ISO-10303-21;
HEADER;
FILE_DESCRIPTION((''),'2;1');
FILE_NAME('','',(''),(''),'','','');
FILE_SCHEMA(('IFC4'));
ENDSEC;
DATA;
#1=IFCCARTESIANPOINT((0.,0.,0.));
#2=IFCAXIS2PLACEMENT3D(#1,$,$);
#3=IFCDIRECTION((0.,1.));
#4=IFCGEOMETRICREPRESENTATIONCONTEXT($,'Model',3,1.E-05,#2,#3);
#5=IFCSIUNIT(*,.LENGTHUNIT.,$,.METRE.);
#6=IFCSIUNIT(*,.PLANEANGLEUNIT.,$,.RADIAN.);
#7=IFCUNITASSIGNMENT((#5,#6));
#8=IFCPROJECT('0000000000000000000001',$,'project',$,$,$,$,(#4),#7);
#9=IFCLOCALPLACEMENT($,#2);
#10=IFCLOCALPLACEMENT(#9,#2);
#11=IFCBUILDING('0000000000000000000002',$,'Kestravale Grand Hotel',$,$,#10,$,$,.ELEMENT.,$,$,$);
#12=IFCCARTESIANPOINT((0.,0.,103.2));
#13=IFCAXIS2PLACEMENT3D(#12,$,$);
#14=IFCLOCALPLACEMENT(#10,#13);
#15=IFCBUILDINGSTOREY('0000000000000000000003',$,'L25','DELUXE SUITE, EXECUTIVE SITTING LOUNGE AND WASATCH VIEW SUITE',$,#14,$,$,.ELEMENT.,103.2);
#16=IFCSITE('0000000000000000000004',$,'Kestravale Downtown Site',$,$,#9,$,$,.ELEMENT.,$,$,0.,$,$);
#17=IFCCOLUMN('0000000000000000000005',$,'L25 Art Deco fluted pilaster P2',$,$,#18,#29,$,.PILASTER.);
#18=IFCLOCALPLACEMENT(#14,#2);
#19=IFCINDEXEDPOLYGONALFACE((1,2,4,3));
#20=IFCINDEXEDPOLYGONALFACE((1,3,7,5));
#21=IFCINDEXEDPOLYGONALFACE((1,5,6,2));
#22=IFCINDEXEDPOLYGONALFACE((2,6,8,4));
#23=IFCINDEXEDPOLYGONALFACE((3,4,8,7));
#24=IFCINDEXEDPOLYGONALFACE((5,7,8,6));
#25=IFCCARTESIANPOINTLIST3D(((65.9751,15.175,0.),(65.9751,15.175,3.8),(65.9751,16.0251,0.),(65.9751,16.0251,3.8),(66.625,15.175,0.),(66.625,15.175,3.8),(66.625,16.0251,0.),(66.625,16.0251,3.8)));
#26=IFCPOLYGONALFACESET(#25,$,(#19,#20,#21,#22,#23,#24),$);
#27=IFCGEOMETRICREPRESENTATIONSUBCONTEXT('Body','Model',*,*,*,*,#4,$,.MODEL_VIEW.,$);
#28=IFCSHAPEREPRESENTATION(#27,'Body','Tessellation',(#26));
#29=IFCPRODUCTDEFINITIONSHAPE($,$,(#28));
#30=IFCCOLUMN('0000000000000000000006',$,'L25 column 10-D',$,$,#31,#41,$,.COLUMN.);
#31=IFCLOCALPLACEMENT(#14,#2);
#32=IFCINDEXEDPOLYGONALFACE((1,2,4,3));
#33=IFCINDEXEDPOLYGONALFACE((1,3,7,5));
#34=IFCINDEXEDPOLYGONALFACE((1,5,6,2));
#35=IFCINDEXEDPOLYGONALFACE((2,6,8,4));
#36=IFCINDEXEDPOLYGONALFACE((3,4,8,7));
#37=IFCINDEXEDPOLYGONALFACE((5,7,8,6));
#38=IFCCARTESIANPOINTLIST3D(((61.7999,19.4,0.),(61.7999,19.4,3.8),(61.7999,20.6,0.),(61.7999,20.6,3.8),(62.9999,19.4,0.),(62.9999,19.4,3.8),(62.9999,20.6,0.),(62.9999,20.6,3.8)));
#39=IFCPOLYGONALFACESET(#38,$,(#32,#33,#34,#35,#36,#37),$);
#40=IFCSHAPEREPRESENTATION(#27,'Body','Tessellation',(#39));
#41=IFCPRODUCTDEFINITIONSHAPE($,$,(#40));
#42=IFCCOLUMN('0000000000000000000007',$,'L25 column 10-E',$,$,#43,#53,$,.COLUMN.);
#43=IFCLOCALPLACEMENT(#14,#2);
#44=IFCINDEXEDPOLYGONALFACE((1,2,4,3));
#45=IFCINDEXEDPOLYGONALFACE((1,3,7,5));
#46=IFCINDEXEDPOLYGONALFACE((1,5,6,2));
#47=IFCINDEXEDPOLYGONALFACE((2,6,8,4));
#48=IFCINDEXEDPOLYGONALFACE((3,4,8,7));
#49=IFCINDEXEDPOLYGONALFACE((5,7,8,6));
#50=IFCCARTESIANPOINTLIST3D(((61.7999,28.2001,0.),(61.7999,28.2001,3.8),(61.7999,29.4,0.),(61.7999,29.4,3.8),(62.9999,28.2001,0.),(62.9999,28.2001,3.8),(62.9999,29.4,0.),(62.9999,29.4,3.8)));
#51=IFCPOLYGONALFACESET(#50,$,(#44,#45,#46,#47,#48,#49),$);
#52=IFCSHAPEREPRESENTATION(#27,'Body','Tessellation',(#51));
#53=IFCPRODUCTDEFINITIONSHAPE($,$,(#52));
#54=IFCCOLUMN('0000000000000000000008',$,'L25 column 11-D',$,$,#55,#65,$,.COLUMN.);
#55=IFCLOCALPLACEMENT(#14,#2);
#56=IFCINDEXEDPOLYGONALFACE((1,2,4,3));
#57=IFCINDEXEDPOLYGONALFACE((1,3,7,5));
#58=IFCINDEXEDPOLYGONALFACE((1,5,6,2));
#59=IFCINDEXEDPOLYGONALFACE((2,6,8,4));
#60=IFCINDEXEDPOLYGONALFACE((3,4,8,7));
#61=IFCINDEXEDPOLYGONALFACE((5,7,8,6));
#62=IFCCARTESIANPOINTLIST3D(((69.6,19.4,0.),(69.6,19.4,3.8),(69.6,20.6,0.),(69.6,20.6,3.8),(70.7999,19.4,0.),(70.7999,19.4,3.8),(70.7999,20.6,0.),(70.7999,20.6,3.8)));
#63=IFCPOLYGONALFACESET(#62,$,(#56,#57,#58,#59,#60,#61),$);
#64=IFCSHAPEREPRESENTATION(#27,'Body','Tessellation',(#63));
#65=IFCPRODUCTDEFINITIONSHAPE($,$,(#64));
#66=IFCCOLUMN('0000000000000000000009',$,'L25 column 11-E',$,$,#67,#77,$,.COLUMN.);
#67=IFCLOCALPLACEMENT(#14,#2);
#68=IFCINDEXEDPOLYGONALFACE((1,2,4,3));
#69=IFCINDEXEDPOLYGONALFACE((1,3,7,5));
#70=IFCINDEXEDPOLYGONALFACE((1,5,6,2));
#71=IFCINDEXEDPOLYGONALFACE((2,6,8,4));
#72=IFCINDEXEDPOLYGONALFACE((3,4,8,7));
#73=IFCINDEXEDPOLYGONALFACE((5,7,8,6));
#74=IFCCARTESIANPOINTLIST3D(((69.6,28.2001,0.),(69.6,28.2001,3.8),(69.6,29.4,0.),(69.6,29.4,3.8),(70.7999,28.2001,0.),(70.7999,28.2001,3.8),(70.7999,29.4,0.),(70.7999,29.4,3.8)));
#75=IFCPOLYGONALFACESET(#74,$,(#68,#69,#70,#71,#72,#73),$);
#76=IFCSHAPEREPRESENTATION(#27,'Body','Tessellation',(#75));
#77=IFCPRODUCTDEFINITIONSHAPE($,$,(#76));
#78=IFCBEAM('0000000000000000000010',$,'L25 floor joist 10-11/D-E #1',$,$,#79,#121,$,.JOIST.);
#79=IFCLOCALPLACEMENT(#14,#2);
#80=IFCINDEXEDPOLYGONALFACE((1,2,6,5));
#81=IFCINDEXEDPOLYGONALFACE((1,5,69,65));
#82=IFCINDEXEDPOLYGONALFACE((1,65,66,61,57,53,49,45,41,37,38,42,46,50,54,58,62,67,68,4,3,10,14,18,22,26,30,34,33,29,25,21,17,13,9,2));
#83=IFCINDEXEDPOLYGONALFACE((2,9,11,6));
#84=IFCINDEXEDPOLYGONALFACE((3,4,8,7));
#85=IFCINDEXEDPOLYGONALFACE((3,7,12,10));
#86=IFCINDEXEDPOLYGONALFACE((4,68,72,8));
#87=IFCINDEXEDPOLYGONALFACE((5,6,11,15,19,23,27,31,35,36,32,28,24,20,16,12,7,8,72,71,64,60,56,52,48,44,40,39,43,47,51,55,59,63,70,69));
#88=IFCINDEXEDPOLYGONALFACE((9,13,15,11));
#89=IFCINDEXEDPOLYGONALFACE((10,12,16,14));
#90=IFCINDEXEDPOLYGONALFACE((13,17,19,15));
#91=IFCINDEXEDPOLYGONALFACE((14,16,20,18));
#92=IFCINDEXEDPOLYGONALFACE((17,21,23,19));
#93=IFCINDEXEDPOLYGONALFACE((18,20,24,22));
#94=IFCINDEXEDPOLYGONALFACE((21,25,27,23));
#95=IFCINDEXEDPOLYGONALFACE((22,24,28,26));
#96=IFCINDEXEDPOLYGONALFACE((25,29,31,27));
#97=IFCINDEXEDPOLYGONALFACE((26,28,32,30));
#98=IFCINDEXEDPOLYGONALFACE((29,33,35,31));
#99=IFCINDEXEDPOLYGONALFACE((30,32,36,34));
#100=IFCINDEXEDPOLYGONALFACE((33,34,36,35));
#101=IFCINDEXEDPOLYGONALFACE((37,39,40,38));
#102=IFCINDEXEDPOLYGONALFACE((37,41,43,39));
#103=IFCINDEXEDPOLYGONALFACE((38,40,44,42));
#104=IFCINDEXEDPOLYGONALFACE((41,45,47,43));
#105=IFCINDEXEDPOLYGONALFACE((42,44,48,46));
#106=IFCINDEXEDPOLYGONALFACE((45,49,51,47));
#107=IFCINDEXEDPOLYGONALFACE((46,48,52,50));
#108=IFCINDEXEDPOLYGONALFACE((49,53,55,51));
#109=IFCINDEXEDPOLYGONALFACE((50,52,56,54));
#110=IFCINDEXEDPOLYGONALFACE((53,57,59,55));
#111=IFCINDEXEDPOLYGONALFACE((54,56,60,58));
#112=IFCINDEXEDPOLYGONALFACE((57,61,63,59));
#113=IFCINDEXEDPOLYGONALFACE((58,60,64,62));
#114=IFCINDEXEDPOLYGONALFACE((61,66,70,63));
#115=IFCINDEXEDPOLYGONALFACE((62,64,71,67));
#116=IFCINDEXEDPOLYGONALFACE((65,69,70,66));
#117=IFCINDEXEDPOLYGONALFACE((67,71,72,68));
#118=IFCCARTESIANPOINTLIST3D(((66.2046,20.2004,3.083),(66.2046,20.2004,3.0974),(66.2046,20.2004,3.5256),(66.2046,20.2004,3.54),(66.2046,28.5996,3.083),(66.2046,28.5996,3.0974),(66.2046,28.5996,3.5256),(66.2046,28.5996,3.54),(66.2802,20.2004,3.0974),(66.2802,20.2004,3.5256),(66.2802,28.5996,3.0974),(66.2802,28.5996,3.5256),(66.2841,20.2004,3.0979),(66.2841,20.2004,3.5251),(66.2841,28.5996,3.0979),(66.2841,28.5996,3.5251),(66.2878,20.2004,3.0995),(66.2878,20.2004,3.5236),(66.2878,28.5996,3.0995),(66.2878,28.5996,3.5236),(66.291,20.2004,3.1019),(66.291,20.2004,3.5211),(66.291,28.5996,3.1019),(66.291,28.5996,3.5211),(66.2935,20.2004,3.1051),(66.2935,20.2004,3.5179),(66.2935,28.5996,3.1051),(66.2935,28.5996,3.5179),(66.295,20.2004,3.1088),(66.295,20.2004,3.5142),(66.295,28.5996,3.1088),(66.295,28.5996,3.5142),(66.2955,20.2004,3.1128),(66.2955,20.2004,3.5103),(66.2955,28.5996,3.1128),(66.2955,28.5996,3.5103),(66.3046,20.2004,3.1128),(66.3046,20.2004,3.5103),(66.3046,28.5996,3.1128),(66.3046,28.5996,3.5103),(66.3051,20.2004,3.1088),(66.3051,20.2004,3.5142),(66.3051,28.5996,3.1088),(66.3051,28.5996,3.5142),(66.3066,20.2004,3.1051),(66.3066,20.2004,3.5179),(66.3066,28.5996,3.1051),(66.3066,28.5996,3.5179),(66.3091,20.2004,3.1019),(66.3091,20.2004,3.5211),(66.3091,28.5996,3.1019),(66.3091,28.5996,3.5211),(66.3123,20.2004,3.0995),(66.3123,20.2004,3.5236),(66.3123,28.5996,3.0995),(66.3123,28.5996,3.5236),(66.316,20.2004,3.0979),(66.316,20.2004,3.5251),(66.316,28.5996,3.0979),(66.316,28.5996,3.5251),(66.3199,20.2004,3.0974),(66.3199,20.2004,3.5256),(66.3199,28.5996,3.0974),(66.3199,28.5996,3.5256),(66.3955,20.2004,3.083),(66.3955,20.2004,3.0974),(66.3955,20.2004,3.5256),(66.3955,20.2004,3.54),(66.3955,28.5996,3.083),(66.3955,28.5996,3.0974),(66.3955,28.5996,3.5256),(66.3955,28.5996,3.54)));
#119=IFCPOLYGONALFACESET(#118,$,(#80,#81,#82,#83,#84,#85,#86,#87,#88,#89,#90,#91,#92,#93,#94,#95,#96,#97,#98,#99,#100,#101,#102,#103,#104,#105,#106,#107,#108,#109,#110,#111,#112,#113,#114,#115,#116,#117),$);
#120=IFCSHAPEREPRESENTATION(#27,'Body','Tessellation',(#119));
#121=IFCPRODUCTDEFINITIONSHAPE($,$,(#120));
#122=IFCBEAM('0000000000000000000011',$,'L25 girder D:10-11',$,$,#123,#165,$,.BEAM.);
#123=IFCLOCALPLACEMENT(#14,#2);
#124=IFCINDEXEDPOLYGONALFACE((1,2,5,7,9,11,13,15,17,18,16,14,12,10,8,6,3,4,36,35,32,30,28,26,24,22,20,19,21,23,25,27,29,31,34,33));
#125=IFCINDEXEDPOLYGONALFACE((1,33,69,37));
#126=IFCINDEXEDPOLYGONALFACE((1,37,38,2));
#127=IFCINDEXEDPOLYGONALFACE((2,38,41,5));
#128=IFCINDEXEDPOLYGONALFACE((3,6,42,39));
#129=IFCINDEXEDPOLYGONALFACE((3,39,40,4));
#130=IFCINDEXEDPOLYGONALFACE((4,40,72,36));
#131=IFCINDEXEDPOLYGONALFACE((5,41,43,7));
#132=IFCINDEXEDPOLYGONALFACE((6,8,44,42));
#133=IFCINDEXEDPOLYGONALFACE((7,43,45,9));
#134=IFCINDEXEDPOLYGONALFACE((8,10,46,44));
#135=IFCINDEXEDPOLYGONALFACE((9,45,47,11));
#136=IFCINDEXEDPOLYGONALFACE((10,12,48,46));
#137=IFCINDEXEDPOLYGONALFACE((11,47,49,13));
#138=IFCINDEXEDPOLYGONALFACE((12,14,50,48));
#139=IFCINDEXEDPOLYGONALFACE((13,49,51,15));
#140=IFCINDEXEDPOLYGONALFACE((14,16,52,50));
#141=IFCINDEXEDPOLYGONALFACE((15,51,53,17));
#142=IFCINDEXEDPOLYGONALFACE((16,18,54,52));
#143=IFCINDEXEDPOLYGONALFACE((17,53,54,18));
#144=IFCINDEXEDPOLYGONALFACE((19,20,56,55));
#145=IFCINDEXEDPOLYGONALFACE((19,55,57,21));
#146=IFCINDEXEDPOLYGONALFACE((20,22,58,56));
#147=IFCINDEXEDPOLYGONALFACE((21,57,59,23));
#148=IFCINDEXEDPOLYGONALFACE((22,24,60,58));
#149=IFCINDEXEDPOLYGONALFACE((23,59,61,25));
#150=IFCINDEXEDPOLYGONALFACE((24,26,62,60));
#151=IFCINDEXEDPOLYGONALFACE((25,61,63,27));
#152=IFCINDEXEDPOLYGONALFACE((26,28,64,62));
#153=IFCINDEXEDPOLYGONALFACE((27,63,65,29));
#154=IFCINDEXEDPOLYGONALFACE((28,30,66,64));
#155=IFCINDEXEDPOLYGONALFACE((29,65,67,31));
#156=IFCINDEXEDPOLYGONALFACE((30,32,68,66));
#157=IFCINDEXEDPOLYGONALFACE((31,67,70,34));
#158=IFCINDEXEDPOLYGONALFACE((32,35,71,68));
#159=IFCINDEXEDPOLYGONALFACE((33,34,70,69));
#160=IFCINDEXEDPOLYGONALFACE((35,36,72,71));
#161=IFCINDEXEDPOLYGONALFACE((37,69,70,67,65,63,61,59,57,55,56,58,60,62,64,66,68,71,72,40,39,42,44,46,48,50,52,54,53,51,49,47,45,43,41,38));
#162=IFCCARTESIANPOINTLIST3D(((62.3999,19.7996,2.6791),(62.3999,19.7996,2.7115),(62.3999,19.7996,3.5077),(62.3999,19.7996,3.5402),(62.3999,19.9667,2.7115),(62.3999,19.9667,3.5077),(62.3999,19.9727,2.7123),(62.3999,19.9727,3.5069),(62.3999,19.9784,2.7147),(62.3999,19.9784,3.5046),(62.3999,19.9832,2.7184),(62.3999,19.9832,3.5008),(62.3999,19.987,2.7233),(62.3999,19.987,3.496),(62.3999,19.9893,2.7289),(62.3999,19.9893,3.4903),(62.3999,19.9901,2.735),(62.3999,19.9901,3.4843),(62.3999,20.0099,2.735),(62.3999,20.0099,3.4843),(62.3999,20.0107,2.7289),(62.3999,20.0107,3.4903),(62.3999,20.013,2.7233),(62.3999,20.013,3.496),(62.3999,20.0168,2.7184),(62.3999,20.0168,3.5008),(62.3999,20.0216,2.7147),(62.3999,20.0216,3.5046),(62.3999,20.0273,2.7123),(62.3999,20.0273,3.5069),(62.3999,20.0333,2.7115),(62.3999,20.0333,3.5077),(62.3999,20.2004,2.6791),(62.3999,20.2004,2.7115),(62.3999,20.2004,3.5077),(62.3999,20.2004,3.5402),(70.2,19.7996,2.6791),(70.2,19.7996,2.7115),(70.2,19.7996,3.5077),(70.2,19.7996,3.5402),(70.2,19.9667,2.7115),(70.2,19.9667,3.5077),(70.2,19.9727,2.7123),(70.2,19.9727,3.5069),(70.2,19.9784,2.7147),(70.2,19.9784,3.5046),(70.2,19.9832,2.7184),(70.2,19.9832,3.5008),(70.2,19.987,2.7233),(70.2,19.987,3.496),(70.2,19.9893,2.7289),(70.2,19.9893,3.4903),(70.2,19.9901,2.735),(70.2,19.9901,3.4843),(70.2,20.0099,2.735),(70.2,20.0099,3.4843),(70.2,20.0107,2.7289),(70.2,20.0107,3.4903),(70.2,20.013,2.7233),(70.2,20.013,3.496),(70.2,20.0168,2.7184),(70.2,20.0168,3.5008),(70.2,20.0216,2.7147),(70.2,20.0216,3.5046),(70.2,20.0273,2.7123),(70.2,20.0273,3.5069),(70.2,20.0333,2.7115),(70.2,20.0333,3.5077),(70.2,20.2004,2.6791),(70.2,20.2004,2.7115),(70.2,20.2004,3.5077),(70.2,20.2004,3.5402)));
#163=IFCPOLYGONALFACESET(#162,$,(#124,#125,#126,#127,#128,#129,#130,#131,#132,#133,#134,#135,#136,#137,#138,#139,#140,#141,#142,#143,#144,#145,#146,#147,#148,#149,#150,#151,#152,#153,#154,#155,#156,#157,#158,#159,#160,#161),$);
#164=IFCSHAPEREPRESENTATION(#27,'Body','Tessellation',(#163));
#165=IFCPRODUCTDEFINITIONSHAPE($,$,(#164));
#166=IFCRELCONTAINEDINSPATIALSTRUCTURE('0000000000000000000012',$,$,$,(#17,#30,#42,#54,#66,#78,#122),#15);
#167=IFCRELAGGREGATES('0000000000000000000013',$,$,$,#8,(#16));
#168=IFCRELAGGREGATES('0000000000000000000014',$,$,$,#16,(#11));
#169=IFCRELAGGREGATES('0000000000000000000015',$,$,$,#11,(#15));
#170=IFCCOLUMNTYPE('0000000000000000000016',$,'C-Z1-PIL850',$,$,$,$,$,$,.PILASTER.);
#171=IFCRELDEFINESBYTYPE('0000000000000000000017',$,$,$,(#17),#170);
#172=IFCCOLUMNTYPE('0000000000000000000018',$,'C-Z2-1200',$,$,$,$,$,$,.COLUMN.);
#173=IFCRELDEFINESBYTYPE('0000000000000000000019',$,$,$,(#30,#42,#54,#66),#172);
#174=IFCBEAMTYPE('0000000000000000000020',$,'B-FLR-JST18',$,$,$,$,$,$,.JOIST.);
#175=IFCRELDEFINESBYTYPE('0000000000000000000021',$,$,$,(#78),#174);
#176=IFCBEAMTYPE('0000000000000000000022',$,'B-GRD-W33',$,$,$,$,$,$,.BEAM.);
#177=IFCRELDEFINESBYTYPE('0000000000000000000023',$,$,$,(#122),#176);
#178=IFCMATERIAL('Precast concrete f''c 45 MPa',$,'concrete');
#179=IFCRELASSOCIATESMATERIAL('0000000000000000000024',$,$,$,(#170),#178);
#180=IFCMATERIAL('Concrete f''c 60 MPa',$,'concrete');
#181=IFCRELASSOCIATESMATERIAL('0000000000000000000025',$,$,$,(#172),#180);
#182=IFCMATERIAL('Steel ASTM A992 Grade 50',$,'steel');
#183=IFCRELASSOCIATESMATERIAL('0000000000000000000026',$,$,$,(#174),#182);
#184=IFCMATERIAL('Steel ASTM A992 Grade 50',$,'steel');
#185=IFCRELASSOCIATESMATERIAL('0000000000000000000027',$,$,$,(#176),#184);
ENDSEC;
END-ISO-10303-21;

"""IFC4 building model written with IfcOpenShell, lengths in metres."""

from ifc_helpers import new_model, si_unit, direction, frame, origin, origin_2d, place, context, subcontext, project, spatial, rectangle, i_section, extrude, material, material_profile, profile_set, type_object, element, save


model = new_model("IFC4")

# Units and contexts
model_context = context("Model", 3, precision=1e-05, world=origin(), true_north=direction((0.0, 1.0)))
body_context = subcontext(model_context, "Body", "Model", "MODEL_VIEW")
ifc_project = project(units=[si_unit("LENGTHUNIT", "METRE"), si_unit("PLANEANGLEUNIT", "RADIAN")], contexts=[model_context])

# Site, building, storey
site_placement = place(None, origin())
site = spatial("IfcSite", under=ifc_project, at=site_placement, Name="Kestravale Downtown Site", CompositionType="ELEMENT", RefElevation=0.0)
building_placement = place(site_placement, origin())
building = spatial("IfcBuilding", under=site, at=building_placement, Name="Kestravale Grand Hotel", CompositionType="ELEMENT")
storey_placement = place(building_placement, frame((0.0, 0.0, 103.2)))
storey = spatial("IfcBuildingStorey", under=building, at=storey_placement, Name="L25", Description="DELUXE SUITE, EXECUTIVE SITTING LOUNGE AND WASATCH VIEW SUITE", CompositionType="ELEMENT", Elevation=103.2)

# Columns
ifc_material_1 = material(Name="Precast concrete f'c 45 MPa", Category="concrete")
ifc_material_profile_1 = material_profile(ifc_material_1, rectangle(XDim=0.6499, YDim=0.8501, at=origin_2d()))
ifc_profile_set_1 = profile_set([ifc_material_profile_1], Name="Precast concrete f'c 45 MPa")
column_type_1 = type_object("IfcColumnType", Name="C-Z1-PIL850", PredefinedType="PILASTER", material=ifc_profile_set_1)
column_placement = place(storey_placement, frame((66.3, 15.6001, 0.0), z_axis=(0.0, 0.0, 1.0), x_axis=(1.0, 0.0, 0.0)))
element("IfcColumn", 1, at=column_placement, inside=storey, type_object=column_type_1, Name="L25 Art Deco fluted pilaster P2", PredefinedType="PILASTER", context=body_context, shape_type="SweptSolid", body=[
    extrude(rectangle(XDim=0.6499, YDim=0.8501, at=origin_2d()), origin(), (0.0, 0.0, 1.0), 3.8),
])
ifc_material_2 = material(Name="Concrete f'c 60 MPa", Category="concrete")
ifc_material_profile_2 = material_profile(ifc_material_2, rectangle(XDim=1.2, YDim=1.2, at=origin_2d()))
ifc_profile_set_2 = profile_set([ifc_material_profile_2], Name="Concrete f'c 60 MPa")
column_type_2 = type_object("IfcColumnType", Name="C-Z2-1200", PredefinedType="COLUMN", material=ifc_profile_set_2)
for number, where, z_axis, x_axis, name in (
    (2, (62.3999, 20.0, 0.0), (0.0, 0.0, 1.0), (1.0, 0.0, 0.0), "L25 column 10-D"),
    (3, (62.3999, 28.8, 0.0), (0.0, 0.0, 1.0), (1.0, 0.0, 0.0), "L25 column 10-E"),
    (4, (70.2, 20.0, 0.0), (0.0, 0.0, 1.0), (1.0, 0.0, 0.0), "L25 column 11-D"),
    (5, (70.2, 28.8, 0.0), (0.0, 0.0, 1.0), (1.0, 0.0, 0.0), "L25 column 11-E"),
):
    element("IfcColumn", number, at=place(storey_placement, frame(where, z_axis=z_axis, x_axis=x_axis)), inside=storey, type_object=column_type_2, Name=name, PredefinedType="COLUMN", context=body_context, shape_type="SweptSolid", body=[
        extrude(rectangle(XDim=1.2, YDim=1.2, at=origin_2d()), origin(), (0.0, 0.0, 1.0), 3.8),
    ])

# Beams
ifc_material_3 = material(Name="Steel ASTM A992 Grade 50", Category="steel")
ifc_material_profile_3 = material_profile(ifc_material_3, i_section(OverallWidth=0.1909, OverallDepth=0.457, WebThickness=0.009, FlangeThickness=0.0144, FilletRadius=0.0154, at=origin_2d()))
ifc_profile_set_3 = profile_set([ifc_material_profile_3], Name="Steel ASTM A992 Grade 50")
beam_type_1 = type_object("IfcBeamType", Name="B-FLR-JST18", PredefinedType="JOIST", material=ifc_profile_set_3)
beam_1_placement = place(storey_placement, frame((66.3, 20.2004, 3.3115), z_axis=(0.0, 1.0, 0.0), x_axis=(-1.0, 0.0, 0.0)))
element("IfcBeam", 6, at=beam_1_placement, inside=storey, type_object=beam_type_1, Name="L25 floor joist 10-11/D-E #1", PredefinedType="JOIST", context=body_context, shape_type="SweptSolid", body=[
    extrude(i_section(OverallWidth=0.1909, OverallDepth=0.457, WebThickness=0.009, FlangeThickness=0.0144, FilletRadius=0.0154, at=origin_2d()), origin(), (0.0, 0.0, 1.0), 8.3992),
])
ifc_material_4 = material(Name="Steel ASTM A992 Grade 50", Category="steel")
ifc_material_profile_4 = material_profile(ifc_material_4, i_section(OverallWidth=0.4009, OverallDepth=0.8611, WebThickness=0.0198, FlangeThickness=0.0325, FilletRadius=0.0234, at=origin_2d()))
ifc_profile_set_4 = profile_set([ifc_material_profile_4], Name="Steel ASTM A992 Grade 50")
beam_type_2 = type_object("IfcBeamType", Name="B-GRD-W33", PredefinedType="BEAM", material=ifc_profile_set_4)
for number, where, z_axis, x_axis, name in (
    (7, (62.3999, 20.0, 3.1096), (1.0, 0.0, 0.0), (0.0, 1.0, 0.0), "L25 girder D:10-11"),
):
    element("IfcBeam", number, at=place(storey_placement, frame(where, z_axis=z_axis, x_axis=x_axis)), inside=storey, type_object=beam_type_2, Name=name, PredefinedType="BEAM", context=body_context, shape_type="SweptSolid", body=[
        extrude(i_section(OverallWidth=0.4009, OverallDepth=0.8611, WebThickness=0.0198, FlangeThickness=0.0325, FilletRadius=0.0234, at=origin_2d()), origin(), (0.0, 0.0, 1.0), 7.8),
    ])

save(model, "model.ifc")
